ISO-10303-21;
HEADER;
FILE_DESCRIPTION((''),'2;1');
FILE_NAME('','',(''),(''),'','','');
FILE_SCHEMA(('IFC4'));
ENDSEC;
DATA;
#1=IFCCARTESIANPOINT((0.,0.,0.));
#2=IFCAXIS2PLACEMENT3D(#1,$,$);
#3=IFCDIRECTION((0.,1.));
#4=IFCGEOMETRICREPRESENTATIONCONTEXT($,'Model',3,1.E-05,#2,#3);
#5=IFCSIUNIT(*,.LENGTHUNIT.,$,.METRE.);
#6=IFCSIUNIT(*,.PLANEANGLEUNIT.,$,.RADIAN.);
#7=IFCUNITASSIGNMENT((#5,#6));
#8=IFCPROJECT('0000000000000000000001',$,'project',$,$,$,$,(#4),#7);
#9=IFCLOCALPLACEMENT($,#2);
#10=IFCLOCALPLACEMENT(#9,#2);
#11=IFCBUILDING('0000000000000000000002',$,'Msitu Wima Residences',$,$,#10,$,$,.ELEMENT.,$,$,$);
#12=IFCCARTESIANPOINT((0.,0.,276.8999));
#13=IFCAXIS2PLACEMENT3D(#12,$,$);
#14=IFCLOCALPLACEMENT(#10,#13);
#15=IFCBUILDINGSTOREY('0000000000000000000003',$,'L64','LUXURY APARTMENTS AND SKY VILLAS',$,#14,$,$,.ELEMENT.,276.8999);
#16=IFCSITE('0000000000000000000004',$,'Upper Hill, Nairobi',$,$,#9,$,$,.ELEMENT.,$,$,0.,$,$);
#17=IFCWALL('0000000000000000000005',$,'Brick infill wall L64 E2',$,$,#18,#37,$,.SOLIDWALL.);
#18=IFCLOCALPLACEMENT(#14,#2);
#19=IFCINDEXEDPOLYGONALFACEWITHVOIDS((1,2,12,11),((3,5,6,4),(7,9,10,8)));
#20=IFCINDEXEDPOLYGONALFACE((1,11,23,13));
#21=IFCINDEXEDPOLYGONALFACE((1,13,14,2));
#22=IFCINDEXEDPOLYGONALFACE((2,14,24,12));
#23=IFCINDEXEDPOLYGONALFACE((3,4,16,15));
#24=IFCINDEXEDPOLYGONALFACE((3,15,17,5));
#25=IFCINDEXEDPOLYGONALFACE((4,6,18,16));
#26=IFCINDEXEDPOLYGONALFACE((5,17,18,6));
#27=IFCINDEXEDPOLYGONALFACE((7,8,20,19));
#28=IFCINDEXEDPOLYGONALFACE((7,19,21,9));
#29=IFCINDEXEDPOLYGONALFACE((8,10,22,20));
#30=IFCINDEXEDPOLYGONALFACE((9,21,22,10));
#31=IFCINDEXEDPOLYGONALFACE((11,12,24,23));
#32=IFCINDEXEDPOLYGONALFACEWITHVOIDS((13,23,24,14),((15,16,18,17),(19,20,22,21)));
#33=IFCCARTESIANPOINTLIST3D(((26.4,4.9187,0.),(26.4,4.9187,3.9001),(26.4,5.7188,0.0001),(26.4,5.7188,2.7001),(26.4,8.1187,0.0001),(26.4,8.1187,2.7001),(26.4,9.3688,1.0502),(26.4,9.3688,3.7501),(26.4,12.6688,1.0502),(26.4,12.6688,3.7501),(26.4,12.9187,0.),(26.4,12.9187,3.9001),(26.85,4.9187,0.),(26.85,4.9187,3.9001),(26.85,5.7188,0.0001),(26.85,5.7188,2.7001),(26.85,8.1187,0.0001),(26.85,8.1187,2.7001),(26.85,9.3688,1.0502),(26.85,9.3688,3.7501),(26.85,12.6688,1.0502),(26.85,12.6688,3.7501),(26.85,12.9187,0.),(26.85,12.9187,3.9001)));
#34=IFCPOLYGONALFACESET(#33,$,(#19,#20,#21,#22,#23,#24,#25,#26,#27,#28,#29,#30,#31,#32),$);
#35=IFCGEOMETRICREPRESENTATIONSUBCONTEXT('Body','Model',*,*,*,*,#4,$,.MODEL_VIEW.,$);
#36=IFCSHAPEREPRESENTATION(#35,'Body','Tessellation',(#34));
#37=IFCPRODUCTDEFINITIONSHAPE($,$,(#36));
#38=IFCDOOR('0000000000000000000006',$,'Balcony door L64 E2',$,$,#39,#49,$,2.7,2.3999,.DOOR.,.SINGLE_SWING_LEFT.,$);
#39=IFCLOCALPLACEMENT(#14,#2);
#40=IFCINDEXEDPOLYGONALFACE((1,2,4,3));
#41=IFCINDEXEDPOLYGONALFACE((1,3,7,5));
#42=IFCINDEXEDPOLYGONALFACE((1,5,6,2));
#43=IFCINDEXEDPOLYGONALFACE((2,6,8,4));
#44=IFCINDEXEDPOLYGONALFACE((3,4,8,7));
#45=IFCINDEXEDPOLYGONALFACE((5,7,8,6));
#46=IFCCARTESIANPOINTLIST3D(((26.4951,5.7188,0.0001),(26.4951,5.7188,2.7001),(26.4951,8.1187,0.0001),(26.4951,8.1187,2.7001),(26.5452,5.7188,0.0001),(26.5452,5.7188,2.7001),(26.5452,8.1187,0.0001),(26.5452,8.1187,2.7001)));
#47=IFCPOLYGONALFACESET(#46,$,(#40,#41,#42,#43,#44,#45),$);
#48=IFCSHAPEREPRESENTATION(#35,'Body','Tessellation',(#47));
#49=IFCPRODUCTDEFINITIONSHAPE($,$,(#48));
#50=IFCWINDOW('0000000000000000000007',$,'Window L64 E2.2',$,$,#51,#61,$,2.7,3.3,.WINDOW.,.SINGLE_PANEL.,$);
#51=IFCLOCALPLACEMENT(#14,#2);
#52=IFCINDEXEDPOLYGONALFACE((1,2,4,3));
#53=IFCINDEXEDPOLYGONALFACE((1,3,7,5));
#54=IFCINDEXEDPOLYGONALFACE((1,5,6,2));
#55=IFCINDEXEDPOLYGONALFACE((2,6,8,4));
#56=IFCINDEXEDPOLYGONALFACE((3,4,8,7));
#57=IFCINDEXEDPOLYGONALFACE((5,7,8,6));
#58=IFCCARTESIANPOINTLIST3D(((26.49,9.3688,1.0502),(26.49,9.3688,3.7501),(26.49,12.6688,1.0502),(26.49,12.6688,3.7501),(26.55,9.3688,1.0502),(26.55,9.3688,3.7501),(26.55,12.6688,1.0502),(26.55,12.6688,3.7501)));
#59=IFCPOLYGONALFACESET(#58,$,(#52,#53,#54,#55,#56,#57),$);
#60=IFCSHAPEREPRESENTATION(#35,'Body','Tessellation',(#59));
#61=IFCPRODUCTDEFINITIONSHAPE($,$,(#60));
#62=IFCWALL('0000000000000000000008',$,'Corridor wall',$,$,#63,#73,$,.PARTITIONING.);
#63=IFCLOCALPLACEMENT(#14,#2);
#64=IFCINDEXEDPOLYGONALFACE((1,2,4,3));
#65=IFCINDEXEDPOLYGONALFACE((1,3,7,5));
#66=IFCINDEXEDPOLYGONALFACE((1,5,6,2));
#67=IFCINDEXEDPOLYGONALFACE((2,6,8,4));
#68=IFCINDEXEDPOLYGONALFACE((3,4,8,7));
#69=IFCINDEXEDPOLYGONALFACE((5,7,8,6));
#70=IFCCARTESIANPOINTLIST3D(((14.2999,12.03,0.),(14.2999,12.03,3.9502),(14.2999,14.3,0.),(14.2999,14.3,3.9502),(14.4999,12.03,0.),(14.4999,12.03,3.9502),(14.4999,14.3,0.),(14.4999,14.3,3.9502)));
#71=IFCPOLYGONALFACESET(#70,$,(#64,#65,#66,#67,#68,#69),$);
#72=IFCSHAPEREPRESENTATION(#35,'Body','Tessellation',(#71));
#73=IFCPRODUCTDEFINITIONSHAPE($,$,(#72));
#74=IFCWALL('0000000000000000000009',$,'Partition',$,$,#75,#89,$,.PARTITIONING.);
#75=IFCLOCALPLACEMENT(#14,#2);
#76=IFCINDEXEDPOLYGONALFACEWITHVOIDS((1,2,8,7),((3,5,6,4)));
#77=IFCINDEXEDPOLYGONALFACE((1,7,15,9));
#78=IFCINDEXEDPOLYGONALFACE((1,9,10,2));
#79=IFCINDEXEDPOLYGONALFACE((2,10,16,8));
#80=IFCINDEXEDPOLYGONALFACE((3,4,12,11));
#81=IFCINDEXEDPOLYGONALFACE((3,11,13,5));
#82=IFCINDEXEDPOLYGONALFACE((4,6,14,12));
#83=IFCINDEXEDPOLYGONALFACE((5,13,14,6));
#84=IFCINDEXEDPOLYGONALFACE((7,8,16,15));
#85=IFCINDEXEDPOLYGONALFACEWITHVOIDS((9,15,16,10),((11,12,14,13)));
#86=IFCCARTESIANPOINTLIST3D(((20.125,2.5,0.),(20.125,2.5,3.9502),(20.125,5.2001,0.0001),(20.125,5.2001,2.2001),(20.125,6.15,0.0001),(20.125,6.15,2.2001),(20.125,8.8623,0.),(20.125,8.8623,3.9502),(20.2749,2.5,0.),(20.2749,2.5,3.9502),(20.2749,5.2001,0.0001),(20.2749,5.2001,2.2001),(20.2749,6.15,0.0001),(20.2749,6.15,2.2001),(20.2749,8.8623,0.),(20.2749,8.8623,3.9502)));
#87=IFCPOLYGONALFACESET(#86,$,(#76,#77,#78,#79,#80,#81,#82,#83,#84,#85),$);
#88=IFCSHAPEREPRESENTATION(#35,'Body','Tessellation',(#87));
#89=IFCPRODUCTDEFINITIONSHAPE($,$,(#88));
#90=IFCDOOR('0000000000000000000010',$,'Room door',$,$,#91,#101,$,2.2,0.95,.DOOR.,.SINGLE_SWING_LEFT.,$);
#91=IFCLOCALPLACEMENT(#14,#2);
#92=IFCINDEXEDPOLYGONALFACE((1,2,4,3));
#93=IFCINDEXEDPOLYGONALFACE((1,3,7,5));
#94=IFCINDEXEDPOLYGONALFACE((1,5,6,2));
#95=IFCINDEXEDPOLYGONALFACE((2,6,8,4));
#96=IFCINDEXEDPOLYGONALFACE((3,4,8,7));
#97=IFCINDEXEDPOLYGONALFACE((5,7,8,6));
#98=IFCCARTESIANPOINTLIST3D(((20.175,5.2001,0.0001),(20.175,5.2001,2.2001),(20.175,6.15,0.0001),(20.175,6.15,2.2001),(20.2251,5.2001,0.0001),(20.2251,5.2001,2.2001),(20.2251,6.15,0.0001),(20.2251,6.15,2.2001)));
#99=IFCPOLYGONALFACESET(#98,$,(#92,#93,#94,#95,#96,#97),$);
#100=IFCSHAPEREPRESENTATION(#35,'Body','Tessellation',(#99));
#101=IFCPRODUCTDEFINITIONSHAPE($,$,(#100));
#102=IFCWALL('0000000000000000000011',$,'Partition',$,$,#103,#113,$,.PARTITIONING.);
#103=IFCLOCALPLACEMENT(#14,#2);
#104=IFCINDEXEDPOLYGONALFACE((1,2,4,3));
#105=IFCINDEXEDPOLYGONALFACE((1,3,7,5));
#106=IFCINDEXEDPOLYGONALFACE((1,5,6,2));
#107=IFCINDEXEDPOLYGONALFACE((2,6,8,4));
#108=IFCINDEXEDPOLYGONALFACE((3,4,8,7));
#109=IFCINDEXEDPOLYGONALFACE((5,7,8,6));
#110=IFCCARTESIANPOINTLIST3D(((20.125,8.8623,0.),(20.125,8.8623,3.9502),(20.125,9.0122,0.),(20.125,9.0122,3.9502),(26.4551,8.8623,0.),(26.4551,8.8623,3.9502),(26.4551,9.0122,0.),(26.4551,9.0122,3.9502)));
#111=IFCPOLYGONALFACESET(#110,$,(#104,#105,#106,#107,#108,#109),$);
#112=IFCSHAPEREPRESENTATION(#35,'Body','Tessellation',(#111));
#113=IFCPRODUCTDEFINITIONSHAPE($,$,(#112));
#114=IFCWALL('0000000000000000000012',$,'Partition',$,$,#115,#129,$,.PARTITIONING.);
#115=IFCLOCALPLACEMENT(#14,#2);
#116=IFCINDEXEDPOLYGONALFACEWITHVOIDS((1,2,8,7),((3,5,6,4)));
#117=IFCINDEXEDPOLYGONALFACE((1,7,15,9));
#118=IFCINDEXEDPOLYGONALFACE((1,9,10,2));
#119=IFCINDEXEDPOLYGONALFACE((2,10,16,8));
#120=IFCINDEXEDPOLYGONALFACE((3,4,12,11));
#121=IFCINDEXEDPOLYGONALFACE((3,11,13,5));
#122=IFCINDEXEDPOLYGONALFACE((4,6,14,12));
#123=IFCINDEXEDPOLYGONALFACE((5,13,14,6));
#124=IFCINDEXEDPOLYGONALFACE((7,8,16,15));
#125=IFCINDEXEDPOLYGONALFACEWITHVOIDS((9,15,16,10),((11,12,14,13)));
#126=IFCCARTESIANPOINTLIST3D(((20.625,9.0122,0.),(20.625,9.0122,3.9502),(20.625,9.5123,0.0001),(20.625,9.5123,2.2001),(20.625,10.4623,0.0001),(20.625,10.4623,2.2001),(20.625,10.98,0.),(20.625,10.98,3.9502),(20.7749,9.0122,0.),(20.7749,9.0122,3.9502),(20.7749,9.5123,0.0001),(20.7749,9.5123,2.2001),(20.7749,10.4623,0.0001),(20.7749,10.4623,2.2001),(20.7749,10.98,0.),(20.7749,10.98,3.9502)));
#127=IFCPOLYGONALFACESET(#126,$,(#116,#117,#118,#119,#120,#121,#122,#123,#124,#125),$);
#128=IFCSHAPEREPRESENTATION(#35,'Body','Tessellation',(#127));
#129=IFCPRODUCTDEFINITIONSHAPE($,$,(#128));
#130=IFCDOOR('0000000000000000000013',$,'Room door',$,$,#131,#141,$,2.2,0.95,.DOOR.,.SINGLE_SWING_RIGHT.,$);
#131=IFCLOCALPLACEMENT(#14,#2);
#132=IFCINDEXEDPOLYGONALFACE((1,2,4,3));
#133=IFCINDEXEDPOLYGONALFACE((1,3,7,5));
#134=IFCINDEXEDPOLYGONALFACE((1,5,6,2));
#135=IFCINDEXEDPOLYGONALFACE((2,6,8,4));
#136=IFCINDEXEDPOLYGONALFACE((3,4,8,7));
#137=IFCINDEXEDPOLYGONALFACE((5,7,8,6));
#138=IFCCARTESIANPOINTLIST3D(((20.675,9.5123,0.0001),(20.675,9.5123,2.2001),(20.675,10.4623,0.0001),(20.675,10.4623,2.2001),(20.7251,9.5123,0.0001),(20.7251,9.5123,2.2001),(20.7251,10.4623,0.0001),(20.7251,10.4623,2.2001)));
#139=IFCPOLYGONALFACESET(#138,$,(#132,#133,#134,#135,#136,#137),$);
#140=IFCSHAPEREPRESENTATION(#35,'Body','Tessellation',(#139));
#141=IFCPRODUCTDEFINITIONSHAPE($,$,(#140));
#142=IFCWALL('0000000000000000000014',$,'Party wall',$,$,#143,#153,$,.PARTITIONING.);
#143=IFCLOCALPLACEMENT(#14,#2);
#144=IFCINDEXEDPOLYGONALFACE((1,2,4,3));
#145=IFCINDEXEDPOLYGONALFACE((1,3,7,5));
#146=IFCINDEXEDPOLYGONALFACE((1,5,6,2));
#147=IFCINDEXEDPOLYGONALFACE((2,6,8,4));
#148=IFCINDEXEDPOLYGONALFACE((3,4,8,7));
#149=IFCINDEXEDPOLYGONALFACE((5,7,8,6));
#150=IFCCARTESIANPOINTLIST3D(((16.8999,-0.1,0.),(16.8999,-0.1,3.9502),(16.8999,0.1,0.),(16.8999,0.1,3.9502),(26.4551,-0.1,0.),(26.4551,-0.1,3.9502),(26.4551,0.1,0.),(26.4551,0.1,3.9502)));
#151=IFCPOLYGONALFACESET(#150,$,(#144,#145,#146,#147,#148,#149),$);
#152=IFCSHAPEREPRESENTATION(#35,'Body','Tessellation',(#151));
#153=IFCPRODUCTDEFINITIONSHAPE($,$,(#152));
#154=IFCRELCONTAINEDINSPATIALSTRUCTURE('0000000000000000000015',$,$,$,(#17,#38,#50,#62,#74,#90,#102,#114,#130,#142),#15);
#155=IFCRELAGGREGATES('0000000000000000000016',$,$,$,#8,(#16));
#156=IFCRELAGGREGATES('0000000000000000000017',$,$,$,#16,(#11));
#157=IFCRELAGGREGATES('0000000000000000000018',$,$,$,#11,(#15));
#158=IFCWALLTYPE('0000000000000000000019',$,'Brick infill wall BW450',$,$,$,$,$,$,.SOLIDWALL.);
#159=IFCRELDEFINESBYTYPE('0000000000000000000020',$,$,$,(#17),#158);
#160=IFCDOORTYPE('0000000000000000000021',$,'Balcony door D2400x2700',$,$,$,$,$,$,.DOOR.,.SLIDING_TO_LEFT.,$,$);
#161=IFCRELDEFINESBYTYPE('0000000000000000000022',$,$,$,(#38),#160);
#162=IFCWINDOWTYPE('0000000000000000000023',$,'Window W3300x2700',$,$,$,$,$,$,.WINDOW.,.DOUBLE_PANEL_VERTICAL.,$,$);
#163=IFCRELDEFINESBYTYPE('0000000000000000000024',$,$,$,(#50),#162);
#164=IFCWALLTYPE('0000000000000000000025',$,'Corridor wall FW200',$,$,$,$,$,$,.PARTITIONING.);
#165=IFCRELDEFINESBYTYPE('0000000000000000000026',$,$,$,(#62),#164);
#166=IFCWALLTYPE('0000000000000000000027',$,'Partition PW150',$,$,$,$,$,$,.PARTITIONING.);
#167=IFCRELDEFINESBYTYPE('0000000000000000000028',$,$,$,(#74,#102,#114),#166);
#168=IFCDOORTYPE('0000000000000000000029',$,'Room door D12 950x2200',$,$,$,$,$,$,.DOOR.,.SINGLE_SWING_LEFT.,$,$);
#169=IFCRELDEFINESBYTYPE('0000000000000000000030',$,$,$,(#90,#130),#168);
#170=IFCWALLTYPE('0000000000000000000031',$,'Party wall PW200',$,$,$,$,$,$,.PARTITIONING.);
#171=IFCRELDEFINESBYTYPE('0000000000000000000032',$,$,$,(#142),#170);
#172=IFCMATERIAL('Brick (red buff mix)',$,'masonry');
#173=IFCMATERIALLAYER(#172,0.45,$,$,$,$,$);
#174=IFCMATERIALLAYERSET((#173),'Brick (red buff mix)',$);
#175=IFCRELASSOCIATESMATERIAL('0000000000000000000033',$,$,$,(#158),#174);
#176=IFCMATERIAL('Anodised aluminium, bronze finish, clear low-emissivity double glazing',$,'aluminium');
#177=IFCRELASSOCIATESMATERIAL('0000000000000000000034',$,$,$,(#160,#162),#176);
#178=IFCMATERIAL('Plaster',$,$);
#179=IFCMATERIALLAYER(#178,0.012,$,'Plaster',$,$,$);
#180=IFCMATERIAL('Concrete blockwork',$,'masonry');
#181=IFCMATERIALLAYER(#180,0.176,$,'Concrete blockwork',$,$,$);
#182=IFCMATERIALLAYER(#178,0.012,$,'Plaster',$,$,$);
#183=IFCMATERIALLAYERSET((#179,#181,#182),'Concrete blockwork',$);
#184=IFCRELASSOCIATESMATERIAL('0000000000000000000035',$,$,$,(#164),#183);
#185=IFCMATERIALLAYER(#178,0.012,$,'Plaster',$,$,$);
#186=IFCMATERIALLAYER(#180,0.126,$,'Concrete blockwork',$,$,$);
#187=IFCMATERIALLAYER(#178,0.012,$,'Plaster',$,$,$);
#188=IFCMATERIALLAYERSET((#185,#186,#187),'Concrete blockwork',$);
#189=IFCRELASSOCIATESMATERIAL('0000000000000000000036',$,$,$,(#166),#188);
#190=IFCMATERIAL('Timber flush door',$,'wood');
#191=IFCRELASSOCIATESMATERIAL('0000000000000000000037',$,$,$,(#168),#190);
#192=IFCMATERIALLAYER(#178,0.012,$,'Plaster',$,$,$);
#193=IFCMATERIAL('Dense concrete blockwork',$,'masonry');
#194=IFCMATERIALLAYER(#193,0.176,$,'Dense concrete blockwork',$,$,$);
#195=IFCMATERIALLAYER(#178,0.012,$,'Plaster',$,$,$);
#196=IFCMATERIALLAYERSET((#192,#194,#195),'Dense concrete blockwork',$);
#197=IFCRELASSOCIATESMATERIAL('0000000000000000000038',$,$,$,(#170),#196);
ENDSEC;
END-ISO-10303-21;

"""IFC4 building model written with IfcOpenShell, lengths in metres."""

from ifc_helpers import new_model, si_unit, direction, frame, frame_2d, origin, place, context, subcontext, project, spatial, rectangle, extrude, material, layer, layer_set, type_object, element, fill, save


model = new_model("IFC4")

# Units and contexts
model_context = context("Model", 3, precision=1e-05, world=origin(), true_north=direction((0.0, 1.0)))
body_context = subcontext(model_context, "Body", "Model", "MODEL_VIEW")
ifc_project = project(units=[si_unit("LENGTHUNIT", "METRE"), si_unit("PLANEANGLEUNIT", "RADIAN")], contexts=[model_context])

# Site, building, storey
site_placement = place(None, origin())
site = spatial("IfcSite", under=ifc_project, at=site_placement, Name="Upper Hill, Nairobi", CompositionType="ELEMENT", RefElevation=0.0)
building_placement = place(site_placement, origin())
building = spatial("IfcBuilding", under=site, at=building_placement, Name="Msitu Wima Residences", CompositionType="ELEMENT")
storey_placement = place(building_placement, frame((0.0, 0.0, 276.8999)))
storey = spatial("IfcBuildingStorey", under=building, at=storey_placement, Name="L64", Description="LUXURY APARTMENTS AND SKY VILLAS", CompositionType="ELEMENT", Elevation=276.8999)

# Wall, openings, door, window
ifc_material_1 = material(Name="Brick (red buff mix)", Category="masonry")
ifc_layer_1 = layer(ifc_material_1, 0.45)
ifc_layer_set_1 = layer_set([ifc_layer_1], Name="Brick (red buff mix)")
wall_type_1 = type_object("IfcWallType", Name="Brick infill wall BW450", PredefinedType="SOLIDWALL", material=ifc_layer_set_1)
wall_1_placement = place(storey_placement, frame((26.625, 4.9187, 0.0), z_axis=(0.0, 0.0, 1.0), x_axis=(0.0, 1.0, 0.0)))
wall_1 = element("IfcWall", 1, at=wall_1_placement, inside=storey, type_object=wall_type_1, Name="Brick infill wall L64 E2", PredefinedType="SOLIDWALL", context=body_context, shape_type="SweptSolid", body=[
    extrude(rectangle(XDim=8.0, YDim=0.45, at=frame_2d((4.0, 0.0))), origin(), (0.0, 0.0, 1.0), 3.9001),
])
opening_1_placement = place(wall_1_placement, frame((0.8, 0.0, 0.0)))
opening_1 = element("IfcOpeningElement", 2, at=opening_1_placement, cuts=wall_1, PredefinedType="OPENING", context=body_context, shape_type="SweptSolid", body=[
    extrude(rectangle(XDim=2.3999, YDim=2.7, at=frame_2d((1.2, 1.3501))), frame((0.0, 0.2349, 0.0), z_axis=(0.0, -1.0, 0.0), x_axis=(1.0, 0.0, 0.0)), (0.0, 0.0, 1.0), 0.47),
])
opening_2_placement = place(wall_1_placement, frame((4.4502, 0.0, 1.05)))
opening_2 = element("IfcOpeningElement", 3, at=opening_2_placement, cuts=wall_1, PredefinedType="OPENING", context=body_context, shape_type="SweptSolid", body=[
    extrude(rectangle(XDim=3.3, YDim=2.7, at=frame_2d((1.6499, 1.3501))), frame((0.0, 0.2349, 0.0), z_axis=(0.0, -1.0, 0.0), x_axis=(1.0, 0.0, 0.0)), (0.0, 0.0, 1.0), 0.47),
])
ifc_material_2 = material(Name="Anodised aluminium, bronze finish, clear low-emissivity double glazing", Category="aluminium")
door_type_1 = type_object("IfcDoorType", Name="Balcony door D2400x2700", OperationType="SLIDING_TO_LEFT", PredefinedType="DOOR", material=ifc_material_2)
door_1_placement = place(opening_1_placement, origin())
door_1 = element("IfcDoor", 4, at=door_1_placement, inside=storey, type_object=door_type_1, Name="Balcony door L64 E2", OperationType="SINGLE_SWING_LEFT", OverallHeight=2.7, OverallWidth=2.3999, PredefinedType="DOOR", context=body_context, shape_type="SweptSolid", body=[
    extrude(rectangle(XDim=2.3999, YDim=2.7, at=frame_2d((1.2, 1.3501))), frame((0.0, 0.1299, 0.0), z_axis=(0.0, -1.0, 0.0), x_axis=(1.0, 0.0, 0.0)), (0.0, 0.0, 1.0), 0.05),
])
fill(opening_1, door_1)
window_type = type_object("IfcWindowType", Name="Window W3300x2700", PartitioningType="DOUBLE_PANEL_VERTICAL", PredefinedType="WINDOW", material=ifc_material_2)
window_placement = place(opening_2_placement, origin())
window = element("IfcWindow", 5, at=window_placement, inside=storey, type_object=window_type, Name="Window L64 E2.2", OverallHeight=2.7, OverallWidth=3.3, PartitioningType="SINGLE_PANEL", PredefinedType="WINDOW", context=body_context, shape_type="SweptSolid", body=[
    extrude(rectangle(XDim=3.3, YDim=2.7, at=frame_2d((1.6499, 1.3501))), frame((0.0, 0.135, 0.0), z_axis=(0.0, -1.0, 0.0), x_axis=(1.0, 0.0, 0.0)), (0.0, 0.0, 1.0), 0.0601),
])
fill(opening_2, window)

# Wall
ifc_material_3 = material(Name="Plaster")
ifc_layer_2 = layer(ifc_material_3, 0.012, Name="Plaster")
ifc_material_4 = material(Name="Concrete blockwork", Category="masonry")
ifc_layer_3 = layer(ifc_material_4, 0.176, Name="Concrete blockwork")
ifc_layer_4 = layer(ifc_material_3, 0.012, Name="Plaster")
ifc_layer_set_2 = layer_set([ifc_layer_2, ifc_layer_3, ifc_layer_4], Name="Concrete blockwork")
wall_type_2 = type_object("IfcWallType", Name="Corridor wall FW200", PredefinedType="PARTITIONING", material=ifc_layer_set_2)
wall_2_placement = place(storey_placement, frame((14.3999, 12.03, 0.0), z_axis=(0.0, 0.0, 1.0), x_axis=(0.0, 1.0, 0.0)))
element("IfcWall", 6, at=wall_2_placement, inside=storey, type_object=wall_type_2, Name="Corridor wall", PredefinedType="PARTITIONING", context=body_context, shape_type="SweptSolid", body=[
    extrude(rectangle(XDim=2.27, YDim=0.2, at=frame_2d((1.135, 0.0))), origin(), (0.0, 0.0, 1.0), 3.9502),
])

# Wall, opening, door
ifc_layer_5 = layer(ifc_material_3, 0.012, Name="Plaster")
ifc_layer_6 = layer(ifc_material_4, 0.126, Name="Concrete blockwork")
ifc_layer_7 = layer(ifc_material_3, 0.012, Name="Plaster")
ifc_layer_set_3 = layer_set([ifc_layer_5, ifc_layer_6, ifc_layer_7], Name="Concrete blockwork")
wall_type_3 = type_object("IfcWallType", Name="Partition PW150", PredefinedType="PARTITIONING", material=ifc_layer_set_3)
wall_3_placement = place(storey_placement, frame((20.2, 2.5, 0.0), z_axis=(0.0, 0.0, 1.0), x_axis=(0.0, 1.0, 0.0)))
wall_3 = element("IfcWall", 7, at=wall_3_placement, inside=storey, type_object=wall_type_3, Name="Partition", PredefinedType="PARTITIONING", context=body_context, shape_type="SweptSolid", body=[
    extrude(rectangle(XDim=6.3623, YDim=0.1499, at=frame_2d((3.1812, 0.0))), origin(), (0.0, 0.0, 1.0), 3.9502),
])
opening_3_placement = place(wall_3_placement, frame((2.7, 0.0, 0.0)))
opening_3 = element("IfcOpeningElement", 8, at=opening_3_placement, cuts=wall_3, PredefinedType="OPENING", context=body_context, shape_type="SweptSolid", body=[
    extrude(rectangle(XDim=0.95, YDim=2.2, at=frame_2d((0.4751, 1.1001))), frame((0.0, 0.085, 0.0), z_axis=(0.0, -1.0, 0.0), x_axis=(1.0, 0.0, 0.0)), (0.0, 0.0, 1.0), 0.1699),
])
ifc_material_5 = material(Name="Timber flush door", Category="wood")
door_type_2 = type_object("IfcDoorType", Name="Room door D12 950x2200", OperationType="SINGLE_SWING_LEFT", PredefinedType="DOOR", material=ifc_material_5)
door_2_placement = place(opening_3_placement, origin())
door_2 = element("IfcDoor", 9, at=door_2_placement, inside=storey, type_object=door_type_2, Name="Room door", OperationType="SINGLE_SWING_LEFT", OverallHeight=2.2, OverallWidth=0.95, PredefinedType="DOOR", context=body_context, shape_type="SweptSolid", body=[
    extrude(rectangle(XDim=0.95, YDim=2.2, at=frame_2d((0.4751, 1.1001))), frame((0.0, 0.0249, 0.0), z_axis=(0.0, -1.0, 0.0), x_axis=(1.0, 0.0, 0.0)), (0.0, 0.0, 1.0), 0.05),
])
fill(opening_3, door_2)

# Wall
wall_4_placement = place(storey_placement, frame((20.125, 8.9373, 0.0), z_axis=(0.0, 0.0, 1.0), x_axis=(1.0, 0.0, 0.0)))
element("IfcWall", 10, at=wall_4_placement, inside=storey, type_object=wall_type_3, Name="Partition", PredefinedType="PARTITIONING", context=body_context, shape_type="SweptSolid", body=[
    extrude(rectangle(XDim=6.3301, YDim=0.1499, at=frame_2d((3.165, 0.0))), origin(), (0.0, 0.0, 1.0), 3.9502),
])

# Wall, opening, door
wall_5_placement = place(storey_placement, frame((20.7, 9.0122, 0.0), z_axis=(0.0, 0.0, 1.0), x_axis=(0.0, 1.0, 0.0)))
wall_5 = element("IfcWall", 11, at=wall_5_placement, inside=storey, type_object=wall_type_3, Name="Partition", PredefinedType="PARTITIONING", context=body_context, shape_type="SweptSolid", body=[
    extrude(rectangle(XDim=1.9678, YDim=0.1499, at=frame_2d((0.9839, 0.0))), origin(), (0.0, 0.0, 1.0), 3.9502),
])
opening_4_placement = place(wall_5_placement, frame((0.5, 0.0, 0.0)))
opening_4 = element("IfcOpeningElement", 12, at=opening_4_placement, cuts=wall_5, PredefinedType="OPENING", context=body_context, shape_type="SweptSolid", body=[
    extrude(rectangle(XDim=0.95, YDim=2.2, at=frame_2d((0.4751, 1.1001))), frame((0.0, 0.085, 0.0), z_axis=(0.0, -1.0, 0.0), x_axis=(1.0, 0.0, 0.0)), (0.0, 0.0, 1.0), 0.1699),
])
door_3_placement = place(opening_4_placement, origin())
door_3 = element("IfcDoor", 13, at=door_3_placement, inside=storey, type_object=door_type_2, Name="Room door", OperationType="SINGLE_SWING_RIGHT", OverallHeight=2.2, OverallWidth=0.95, PredefinedType="DOOR", context=body_context, shape_type="SweptSolid", body=[
    extrude(rectangle(XDim=0.95, YDim=2.2, at=frame_2d((0.4751, 1.1001))), frame((0.0, 0.0249, 0.0), z_axis=(0.0, -1.0, 0.0), x_axis=(1.0, 0.0, 0.0)), (0.0, 0.0, 1.0), 0.05),
])
fill(opening_4, door_3)

# Wall
ifc_layer_8 = layer(ifc_material_3, 0.012, Name="Plaster")
ifc_material_6 = material(Name="Dense concrete blockwork", Category="masonry")
ifc_layer_9 = layer(ifc_material_6, 0.176, Name="Dense concrete blockwork")
ifc_layer_10 = layer(ifc_material_3, 0.012, Name="Plaster")
ifc_layer_set_4 = layer_set([ifc_layer_8, ifc_layer_9, ifc_layer_10], Name="Dense concrete blockwork")
wall_type_4 = type_object("IfcWallType", Name="Party wall PW200", PredefinedType="PARTITIONING", material=ifc_layer_set_4)
wall_6_placement = place(storey_placement, frame((16.8999, 0.0, 0.0), z_axis=(0.0, 0.0, 1.0), x_axis=(1.0, 0.0, 0.0)))
element("IfcWall", 14, at=wall_6_placement, inside=storey, type_object=wall_type_4, Name="Party wall", PredefinedType="PARTITIONING", context=body_context, shape_type="SweptSolid", body=[
    extrude(rectangle(XDim=9.5552, YDim=0.2, at=frame_2d((4.7776, 0.0))), origin(), (0.0, 0.0, 1.0), 3.9502),
])

save(model, "model.ifc")
